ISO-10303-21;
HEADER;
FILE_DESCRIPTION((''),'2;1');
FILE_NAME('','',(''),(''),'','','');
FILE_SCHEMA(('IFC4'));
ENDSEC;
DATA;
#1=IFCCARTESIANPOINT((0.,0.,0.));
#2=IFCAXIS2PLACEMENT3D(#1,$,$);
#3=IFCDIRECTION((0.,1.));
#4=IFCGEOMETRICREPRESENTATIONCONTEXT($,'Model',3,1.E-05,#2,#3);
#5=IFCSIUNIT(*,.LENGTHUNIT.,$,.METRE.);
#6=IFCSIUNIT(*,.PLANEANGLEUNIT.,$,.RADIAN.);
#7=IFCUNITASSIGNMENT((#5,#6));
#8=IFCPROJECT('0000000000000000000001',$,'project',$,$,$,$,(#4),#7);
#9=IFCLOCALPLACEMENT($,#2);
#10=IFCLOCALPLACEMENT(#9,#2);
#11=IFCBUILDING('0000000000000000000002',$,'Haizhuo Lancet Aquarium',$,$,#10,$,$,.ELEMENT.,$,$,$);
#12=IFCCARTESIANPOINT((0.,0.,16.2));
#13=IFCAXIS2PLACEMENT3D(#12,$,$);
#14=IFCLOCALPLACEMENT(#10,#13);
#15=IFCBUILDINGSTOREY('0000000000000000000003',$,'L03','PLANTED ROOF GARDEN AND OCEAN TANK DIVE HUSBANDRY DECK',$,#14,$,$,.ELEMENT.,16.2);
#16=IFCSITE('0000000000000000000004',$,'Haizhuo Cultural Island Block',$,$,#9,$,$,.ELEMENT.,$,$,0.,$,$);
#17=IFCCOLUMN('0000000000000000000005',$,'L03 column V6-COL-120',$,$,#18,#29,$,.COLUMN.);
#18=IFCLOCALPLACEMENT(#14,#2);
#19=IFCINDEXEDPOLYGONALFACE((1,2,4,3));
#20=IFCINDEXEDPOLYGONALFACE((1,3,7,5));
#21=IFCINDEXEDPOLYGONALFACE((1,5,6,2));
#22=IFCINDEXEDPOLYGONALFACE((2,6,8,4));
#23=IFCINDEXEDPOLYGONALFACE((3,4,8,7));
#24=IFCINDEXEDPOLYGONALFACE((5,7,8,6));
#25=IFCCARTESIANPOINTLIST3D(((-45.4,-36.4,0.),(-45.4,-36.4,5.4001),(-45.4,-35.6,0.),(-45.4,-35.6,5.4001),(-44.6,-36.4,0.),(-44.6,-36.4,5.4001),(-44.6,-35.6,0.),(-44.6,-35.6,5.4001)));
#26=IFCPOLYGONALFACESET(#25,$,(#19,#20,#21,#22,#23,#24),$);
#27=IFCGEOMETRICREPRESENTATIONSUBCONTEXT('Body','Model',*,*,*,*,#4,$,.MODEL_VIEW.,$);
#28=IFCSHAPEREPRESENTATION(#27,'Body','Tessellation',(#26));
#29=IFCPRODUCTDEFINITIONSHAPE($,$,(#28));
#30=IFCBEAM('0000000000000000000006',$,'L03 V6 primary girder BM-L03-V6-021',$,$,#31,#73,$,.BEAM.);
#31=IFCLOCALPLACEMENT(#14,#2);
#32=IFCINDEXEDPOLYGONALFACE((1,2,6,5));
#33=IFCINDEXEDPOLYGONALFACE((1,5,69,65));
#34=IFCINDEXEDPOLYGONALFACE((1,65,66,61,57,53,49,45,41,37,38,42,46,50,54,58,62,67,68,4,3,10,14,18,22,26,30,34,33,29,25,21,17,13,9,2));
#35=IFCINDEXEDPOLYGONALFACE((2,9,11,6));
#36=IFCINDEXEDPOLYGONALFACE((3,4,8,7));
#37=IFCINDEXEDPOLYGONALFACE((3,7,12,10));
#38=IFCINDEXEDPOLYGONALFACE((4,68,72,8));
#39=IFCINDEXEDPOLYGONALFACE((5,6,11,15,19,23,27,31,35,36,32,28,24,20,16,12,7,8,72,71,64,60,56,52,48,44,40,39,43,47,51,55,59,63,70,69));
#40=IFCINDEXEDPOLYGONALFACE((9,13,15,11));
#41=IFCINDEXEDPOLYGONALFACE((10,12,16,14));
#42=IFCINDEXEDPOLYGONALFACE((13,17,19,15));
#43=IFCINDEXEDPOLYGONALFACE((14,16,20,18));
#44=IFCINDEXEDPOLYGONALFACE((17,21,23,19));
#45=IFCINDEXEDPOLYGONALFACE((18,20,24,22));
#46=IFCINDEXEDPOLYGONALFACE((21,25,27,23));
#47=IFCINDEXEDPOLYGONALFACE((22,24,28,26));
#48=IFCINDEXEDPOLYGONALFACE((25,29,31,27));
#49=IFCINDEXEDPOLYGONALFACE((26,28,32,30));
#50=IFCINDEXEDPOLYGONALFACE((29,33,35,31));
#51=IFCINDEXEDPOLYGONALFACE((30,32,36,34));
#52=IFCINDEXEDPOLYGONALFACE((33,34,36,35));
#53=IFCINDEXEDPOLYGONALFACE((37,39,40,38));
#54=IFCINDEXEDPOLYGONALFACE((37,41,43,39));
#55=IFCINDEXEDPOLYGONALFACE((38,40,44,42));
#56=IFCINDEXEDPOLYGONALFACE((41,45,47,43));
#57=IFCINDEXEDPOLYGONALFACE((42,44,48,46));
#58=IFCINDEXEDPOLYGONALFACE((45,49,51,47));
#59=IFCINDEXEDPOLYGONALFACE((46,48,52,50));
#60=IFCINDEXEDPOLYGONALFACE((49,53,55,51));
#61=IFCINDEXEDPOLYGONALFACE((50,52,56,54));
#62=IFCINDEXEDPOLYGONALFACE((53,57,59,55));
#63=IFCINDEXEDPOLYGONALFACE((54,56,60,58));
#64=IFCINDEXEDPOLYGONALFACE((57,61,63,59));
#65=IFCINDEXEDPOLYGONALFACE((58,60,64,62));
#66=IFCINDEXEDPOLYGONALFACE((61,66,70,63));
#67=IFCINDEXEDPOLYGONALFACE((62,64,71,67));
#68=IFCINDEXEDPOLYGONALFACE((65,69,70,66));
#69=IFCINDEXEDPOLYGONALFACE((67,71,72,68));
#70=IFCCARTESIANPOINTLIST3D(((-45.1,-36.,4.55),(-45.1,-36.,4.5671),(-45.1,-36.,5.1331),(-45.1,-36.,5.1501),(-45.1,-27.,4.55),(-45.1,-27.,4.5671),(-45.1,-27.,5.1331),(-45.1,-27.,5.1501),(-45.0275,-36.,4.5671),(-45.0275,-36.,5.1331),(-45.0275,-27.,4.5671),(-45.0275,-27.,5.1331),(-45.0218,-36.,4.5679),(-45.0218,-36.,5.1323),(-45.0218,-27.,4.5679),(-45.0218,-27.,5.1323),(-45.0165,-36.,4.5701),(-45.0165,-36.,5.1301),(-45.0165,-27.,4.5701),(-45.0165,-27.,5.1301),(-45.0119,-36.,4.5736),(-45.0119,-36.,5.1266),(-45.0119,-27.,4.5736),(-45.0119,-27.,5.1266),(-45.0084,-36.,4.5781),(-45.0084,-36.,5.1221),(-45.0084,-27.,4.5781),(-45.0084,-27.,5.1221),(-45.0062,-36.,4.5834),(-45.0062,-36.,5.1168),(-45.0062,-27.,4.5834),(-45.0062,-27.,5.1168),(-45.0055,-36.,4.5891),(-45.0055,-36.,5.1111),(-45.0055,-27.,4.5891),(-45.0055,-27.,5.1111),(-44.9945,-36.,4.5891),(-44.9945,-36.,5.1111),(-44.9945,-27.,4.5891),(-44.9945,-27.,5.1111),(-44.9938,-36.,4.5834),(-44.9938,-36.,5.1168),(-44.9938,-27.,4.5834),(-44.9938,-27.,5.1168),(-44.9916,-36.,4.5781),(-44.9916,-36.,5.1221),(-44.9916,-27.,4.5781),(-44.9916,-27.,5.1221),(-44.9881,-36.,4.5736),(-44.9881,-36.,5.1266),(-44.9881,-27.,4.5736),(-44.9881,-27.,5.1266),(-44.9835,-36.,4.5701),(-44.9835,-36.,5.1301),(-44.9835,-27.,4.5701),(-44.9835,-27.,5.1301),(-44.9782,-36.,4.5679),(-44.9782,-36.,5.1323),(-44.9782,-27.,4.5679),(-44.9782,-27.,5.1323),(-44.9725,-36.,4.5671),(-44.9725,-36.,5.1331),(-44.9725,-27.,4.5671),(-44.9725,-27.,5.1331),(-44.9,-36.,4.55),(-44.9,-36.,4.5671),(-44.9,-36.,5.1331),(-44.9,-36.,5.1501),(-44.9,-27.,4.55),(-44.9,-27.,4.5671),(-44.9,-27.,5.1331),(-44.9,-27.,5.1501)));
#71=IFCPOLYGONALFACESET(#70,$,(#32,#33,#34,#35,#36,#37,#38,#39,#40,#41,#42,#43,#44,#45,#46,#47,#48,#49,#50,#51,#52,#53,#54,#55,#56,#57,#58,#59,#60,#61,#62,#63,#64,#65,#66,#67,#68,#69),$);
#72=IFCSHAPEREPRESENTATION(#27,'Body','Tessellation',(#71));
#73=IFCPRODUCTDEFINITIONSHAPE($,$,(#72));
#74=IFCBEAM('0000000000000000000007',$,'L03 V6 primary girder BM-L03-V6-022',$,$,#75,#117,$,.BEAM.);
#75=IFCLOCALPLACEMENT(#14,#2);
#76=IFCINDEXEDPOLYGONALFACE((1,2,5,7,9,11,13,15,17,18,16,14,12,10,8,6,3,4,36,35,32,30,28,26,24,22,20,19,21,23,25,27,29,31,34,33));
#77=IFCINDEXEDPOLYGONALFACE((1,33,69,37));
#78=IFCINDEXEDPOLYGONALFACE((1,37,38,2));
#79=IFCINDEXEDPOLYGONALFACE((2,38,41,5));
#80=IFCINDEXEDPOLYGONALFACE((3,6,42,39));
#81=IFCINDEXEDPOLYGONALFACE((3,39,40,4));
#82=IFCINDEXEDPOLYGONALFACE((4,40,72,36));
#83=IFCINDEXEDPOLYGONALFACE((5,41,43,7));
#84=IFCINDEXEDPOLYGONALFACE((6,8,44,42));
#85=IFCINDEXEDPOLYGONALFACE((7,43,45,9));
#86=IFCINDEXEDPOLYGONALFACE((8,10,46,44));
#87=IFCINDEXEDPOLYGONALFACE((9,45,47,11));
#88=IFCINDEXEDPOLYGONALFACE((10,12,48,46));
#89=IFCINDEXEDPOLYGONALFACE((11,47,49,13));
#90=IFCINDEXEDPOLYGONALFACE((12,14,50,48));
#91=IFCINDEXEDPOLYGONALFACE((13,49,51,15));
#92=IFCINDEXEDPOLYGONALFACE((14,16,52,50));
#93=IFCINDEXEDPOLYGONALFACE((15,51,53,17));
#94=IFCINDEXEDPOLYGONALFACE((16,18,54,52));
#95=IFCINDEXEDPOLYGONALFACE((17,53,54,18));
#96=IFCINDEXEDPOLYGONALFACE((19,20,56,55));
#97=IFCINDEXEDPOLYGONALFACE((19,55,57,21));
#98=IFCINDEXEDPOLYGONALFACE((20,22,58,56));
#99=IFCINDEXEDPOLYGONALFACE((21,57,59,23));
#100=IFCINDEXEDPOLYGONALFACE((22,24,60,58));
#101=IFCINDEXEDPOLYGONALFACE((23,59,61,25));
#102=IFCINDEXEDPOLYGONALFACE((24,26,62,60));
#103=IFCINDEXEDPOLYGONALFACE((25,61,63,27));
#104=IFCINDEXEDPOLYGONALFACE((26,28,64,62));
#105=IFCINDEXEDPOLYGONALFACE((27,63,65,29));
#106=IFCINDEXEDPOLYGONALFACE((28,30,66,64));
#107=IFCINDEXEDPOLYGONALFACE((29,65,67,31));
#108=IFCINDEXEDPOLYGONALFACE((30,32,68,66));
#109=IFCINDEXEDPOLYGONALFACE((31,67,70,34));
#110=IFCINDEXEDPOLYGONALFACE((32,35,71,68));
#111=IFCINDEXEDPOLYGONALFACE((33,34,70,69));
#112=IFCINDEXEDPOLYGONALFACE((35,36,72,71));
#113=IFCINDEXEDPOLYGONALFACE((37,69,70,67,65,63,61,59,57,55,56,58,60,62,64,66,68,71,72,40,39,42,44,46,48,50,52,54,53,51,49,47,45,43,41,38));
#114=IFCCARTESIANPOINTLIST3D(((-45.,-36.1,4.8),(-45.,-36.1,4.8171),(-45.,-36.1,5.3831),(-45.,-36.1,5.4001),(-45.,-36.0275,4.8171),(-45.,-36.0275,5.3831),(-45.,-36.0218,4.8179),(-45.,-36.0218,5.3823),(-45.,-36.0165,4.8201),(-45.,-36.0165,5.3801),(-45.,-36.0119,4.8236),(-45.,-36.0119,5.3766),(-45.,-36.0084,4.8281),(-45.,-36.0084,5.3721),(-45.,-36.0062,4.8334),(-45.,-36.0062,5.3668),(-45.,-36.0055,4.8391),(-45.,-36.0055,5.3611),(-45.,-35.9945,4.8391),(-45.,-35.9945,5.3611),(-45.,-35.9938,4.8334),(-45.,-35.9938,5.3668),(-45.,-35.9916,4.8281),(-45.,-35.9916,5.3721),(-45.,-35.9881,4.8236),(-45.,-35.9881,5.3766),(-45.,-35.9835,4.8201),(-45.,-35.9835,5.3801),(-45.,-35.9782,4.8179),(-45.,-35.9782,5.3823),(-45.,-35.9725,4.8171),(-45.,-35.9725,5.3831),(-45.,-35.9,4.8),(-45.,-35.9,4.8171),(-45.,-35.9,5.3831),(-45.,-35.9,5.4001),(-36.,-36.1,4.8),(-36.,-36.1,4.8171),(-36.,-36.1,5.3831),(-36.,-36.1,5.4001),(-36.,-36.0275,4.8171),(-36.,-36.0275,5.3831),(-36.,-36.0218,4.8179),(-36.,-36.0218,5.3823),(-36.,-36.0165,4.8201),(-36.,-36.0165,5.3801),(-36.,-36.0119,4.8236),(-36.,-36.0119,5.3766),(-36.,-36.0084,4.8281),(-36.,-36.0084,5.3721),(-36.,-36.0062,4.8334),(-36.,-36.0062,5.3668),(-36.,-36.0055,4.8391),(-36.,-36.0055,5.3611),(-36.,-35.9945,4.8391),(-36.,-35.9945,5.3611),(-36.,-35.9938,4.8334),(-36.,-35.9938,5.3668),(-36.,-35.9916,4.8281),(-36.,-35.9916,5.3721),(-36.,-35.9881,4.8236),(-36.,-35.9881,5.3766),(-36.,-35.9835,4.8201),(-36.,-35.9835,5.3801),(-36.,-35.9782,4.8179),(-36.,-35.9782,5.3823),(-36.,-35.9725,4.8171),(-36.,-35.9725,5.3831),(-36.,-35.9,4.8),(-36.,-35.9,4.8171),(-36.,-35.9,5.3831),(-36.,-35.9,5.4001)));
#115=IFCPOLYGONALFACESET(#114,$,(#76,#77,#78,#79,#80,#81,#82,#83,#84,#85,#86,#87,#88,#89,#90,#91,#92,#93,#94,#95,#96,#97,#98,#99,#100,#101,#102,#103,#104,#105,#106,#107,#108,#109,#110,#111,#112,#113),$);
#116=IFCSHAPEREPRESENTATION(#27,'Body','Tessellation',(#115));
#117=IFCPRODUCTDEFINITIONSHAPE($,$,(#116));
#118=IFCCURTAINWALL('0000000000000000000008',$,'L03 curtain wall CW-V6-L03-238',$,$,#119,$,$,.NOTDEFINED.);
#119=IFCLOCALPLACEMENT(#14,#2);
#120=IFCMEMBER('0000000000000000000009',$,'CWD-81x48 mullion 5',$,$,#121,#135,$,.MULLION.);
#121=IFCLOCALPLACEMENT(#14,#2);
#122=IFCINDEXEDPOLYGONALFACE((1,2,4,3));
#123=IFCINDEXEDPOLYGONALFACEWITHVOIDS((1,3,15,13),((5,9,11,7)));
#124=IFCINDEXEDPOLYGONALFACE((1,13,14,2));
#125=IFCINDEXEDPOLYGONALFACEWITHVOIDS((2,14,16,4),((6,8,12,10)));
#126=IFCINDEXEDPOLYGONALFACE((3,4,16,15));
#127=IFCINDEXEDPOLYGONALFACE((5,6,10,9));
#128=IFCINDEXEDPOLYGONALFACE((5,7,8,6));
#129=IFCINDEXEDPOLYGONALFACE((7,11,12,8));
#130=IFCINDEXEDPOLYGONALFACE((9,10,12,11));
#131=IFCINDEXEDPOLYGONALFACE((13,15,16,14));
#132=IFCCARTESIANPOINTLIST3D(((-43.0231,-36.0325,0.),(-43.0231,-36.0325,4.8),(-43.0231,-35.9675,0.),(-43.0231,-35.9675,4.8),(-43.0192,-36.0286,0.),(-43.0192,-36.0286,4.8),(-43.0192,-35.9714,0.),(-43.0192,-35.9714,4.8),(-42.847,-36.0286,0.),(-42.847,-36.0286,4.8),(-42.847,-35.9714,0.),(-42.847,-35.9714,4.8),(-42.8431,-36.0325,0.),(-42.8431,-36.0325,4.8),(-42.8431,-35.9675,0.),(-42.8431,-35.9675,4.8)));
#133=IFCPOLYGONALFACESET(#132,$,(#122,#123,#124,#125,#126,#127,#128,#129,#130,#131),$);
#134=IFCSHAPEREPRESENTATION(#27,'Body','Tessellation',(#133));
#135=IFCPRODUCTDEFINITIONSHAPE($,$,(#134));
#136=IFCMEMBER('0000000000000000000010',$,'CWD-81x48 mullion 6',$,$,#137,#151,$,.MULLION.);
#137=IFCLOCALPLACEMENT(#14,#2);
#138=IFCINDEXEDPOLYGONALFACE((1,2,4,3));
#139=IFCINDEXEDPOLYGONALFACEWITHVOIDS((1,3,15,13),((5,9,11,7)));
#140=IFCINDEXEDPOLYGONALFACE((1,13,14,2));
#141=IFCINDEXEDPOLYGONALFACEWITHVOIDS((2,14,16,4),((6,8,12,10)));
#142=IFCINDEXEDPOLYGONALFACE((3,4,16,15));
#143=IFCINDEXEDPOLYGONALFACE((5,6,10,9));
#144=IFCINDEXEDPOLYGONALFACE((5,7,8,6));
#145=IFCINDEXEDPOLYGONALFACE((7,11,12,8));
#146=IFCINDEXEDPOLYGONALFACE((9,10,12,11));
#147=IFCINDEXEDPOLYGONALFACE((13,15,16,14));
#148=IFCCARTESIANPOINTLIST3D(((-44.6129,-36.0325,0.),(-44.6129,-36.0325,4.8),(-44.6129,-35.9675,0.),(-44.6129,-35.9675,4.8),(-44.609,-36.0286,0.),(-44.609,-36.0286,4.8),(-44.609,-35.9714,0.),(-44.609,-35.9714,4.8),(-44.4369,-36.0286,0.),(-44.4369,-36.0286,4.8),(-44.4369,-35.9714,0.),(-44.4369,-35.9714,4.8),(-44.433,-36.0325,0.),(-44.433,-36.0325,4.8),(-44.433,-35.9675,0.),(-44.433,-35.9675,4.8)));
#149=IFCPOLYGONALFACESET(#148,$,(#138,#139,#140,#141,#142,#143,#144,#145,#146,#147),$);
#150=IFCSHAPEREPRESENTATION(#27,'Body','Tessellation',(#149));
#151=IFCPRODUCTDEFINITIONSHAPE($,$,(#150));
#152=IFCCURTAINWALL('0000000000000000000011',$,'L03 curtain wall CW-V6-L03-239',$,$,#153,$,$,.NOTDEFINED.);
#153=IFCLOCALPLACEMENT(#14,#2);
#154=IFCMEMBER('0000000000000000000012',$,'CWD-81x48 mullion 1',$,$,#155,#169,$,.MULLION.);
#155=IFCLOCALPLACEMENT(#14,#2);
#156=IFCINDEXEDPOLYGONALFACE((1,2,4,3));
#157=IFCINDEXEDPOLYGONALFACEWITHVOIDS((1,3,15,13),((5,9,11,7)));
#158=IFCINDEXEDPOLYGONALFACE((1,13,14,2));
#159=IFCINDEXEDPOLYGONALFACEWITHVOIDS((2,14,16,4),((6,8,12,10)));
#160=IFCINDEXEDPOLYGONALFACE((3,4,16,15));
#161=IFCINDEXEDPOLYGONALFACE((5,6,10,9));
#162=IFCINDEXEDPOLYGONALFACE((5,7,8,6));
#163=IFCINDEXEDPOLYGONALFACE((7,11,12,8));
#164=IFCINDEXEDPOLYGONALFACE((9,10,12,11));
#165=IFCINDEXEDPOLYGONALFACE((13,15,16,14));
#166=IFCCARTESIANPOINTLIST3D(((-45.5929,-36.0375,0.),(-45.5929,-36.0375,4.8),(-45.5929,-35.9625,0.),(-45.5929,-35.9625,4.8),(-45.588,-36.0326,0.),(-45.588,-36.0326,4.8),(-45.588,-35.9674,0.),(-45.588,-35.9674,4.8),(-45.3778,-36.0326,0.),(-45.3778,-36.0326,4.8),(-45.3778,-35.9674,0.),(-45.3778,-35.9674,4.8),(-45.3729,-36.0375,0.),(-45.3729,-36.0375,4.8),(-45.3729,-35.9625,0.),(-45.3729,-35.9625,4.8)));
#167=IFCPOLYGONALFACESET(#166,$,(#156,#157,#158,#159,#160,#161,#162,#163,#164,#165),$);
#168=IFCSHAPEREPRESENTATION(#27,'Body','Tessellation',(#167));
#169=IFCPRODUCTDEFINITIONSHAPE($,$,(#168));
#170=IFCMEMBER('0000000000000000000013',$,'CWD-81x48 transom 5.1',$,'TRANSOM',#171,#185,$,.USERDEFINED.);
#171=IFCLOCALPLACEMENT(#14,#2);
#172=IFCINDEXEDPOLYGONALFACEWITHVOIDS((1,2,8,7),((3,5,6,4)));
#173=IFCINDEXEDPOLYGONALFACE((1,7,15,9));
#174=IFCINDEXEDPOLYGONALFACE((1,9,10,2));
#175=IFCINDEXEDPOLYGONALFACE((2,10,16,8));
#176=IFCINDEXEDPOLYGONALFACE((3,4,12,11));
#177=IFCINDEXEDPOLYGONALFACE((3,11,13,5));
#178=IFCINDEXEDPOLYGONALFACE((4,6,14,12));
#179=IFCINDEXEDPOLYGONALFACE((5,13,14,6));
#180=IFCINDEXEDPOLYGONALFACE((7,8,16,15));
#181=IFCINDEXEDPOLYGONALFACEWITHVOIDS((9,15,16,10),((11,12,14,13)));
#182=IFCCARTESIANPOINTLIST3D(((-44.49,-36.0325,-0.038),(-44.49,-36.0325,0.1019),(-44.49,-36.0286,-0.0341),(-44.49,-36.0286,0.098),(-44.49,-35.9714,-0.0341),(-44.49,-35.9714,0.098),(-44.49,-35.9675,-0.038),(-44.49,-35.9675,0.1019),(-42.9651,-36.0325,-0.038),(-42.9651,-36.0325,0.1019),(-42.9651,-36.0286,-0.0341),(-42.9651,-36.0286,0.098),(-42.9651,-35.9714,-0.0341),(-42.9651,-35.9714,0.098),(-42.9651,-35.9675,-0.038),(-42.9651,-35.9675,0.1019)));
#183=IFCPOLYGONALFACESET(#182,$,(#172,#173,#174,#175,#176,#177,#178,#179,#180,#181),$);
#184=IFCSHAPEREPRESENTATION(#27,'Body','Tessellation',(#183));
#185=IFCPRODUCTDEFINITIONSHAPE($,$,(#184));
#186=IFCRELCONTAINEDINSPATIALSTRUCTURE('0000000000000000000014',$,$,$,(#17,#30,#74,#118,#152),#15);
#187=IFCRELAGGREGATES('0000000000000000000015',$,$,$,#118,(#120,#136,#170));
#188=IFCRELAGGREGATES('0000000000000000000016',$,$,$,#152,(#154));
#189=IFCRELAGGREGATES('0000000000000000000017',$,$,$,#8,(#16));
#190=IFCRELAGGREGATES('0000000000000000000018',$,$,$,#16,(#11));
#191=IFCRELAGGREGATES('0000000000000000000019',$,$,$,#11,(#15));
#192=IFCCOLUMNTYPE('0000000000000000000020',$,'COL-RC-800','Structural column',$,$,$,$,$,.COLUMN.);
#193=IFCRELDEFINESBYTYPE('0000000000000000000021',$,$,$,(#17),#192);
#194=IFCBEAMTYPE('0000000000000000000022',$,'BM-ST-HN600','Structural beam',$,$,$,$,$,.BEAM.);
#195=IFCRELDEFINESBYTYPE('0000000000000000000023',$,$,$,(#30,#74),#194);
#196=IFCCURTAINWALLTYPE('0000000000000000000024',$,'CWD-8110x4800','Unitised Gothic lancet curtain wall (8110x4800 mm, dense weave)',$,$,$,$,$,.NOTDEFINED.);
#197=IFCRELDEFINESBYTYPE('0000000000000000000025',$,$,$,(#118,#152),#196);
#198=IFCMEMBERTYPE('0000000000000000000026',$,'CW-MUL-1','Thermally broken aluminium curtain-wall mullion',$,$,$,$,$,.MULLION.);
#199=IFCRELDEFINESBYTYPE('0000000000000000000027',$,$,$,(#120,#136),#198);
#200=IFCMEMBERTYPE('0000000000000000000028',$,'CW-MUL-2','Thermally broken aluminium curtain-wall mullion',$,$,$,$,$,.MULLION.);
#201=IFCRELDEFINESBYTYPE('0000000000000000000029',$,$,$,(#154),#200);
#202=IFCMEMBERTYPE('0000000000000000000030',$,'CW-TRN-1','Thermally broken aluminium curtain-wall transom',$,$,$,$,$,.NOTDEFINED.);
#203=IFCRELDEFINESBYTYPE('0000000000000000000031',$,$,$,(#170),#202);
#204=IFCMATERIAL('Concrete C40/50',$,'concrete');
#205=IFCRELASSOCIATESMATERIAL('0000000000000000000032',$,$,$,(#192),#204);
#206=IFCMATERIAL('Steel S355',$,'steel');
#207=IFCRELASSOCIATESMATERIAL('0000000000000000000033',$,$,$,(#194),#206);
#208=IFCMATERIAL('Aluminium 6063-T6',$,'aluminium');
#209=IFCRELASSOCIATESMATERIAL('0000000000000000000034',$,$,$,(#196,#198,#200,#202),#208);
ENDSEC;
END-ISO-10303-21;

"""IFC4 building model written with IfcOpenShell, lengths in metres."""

from ifc_helpers import new_model, si_unit, direction, frame, origin, origin_2d, place, context, subcontext, project, spatial, rectangle, hollow_rectangle, i_section, extrude, material, material_profile, profile_set, type_object, element, aggregate, save


model = new_model("IFC4")

# Units and contexts
model_context = context("Model", 3, precision=1e-05, world=origin(), true_north=direction((0.0, 1.0)))
body_context = subcontext(model_context, "Body", "Model", "MODEL_VIEW")
ifc_project = project(units=[si_unit("LENGTHUNIT", "METRE"), si_unit("PLANEANGLEUNIT", "RADIAN")], contexts=[model_context])

# Site, building, storey
site_placement = place(None, origin())
site = spatial("IfcSite", under=ifc_project, at=site_placement, Name="Haizhuo Cultural Island Block", CompositionType="ELEMENT", RefElevation=0.0)
building_placement = place(site_placement, origin())
building = spatial("IfcBuilding", under=site, at=building_placement, Name="Haizhuo Lancet Aquarium", CompositionType="ELEMENT")
storey_placement = place(building_placement, frame((0.0, 0.0, 16.2)))
storey = spatial("IfcBuildingStorey", under=building, at=storey_placement, Name="L03", Description="PLANTED ROOF GARDEN AND OCEAN TANK DIVE HUSBANDRY DECK", CompositionType="ELEMENT", Elevation=16.2)

# Column
ifc_material_1 = material(Name="Concrete C40/50", Category="concrete")
ifc_material_profile_1 = material_profile(ifc_material_1, rectangle(XDim=0.8, YDim=0.8, at=origin_2d()), Name="RC-COL 800x800")
ifc_profile_set_1 = profile_set([ifc_material_profile_1], Name="Concrete C40/50")
column_type = type_object("IfcColumnType", Name="COL-RC-800", Description="Structural column", PredefinedType="COLUMN", material=ifc_profile_set_1)
column_placement = place(storey_placement, frame((-45.0, -36.0, 0.0), z_axis=(0.0, 0.0, 1.0), x_axis=(1.0, 0.0, 0.0)))
element("IfcColumn", 1, at=column_placement, inside=storey, type_object=column_type, Name="L03 column V6-COL-120", PredefinedType="COLUMN", context=body_context, shape_type="SweptSolid", body=[
    extrude(rectangle(XDim=0.8, YDim=0.8, at=origin_2d()), origin(), (0.0, 0.0, 1.0), 5.4001),
])

# Beams
ifc_material_2 = material(Name="Steel S355", Category="steel")
ifc_material_profile_2 = material_profile(ifc_material_2, i_section(OverallWidth=0.2, OverallDepth=0.6001, WebThickness=0.011, FlangeThickness=0.0171, FilletRadius=0.022, at=origin_2d()), Name="HN 600x200x11x17")
ifc_profile_set_2 = profile_set([ifc_material_profile_2], Name="Steel S355")
beam_type = type_object("IfcBeamType", Name="BM-ST-HN600", Description="Structural beam", PredefinedType="BEAM", material=ifc_profile_set_2)
for number, where, z_axis, x_axis, name in (
    (2, (-45.0, -36.0, 4.8501), (0.0, 1.0, 0.0), (-1.0, 0.0, 0.0), "L03 V6 primary girder BM-L03-V6-021"),
    (3, (-45.0, -36.0, 5.1001), (1.0, 0.0, 0.0), (0.0, 1.0, 0.0), "L03 V6 primary girder BM-L03-V6-022"),
):
    element("IfcBeam", number, at=place(storey_placement, frame(where, z_axis=z_axis, x_axis=x_axis)), inside=storey, type_object=beam_type, Name=name, PredefinedType="BEAM", context=body_context, shape_type="SweptSolid", body=[
        extrude(i_section(OverallWidth=0.2, OverallDepth=0.6001, WebThickness=0.011, FlangeThickness=0.0171, FilletRadius=0.022, at=origin_2d()), origin(), (0.0, 0.0, 1.0), 9.0),
    ])

# Curtain wall, members
ifc_material_3 = material(Name="Aluminium 6063-T6", Category="aluminium")
curtain_wall_type = type_object("IfcCurtainWallType", Name="CWD-8110x4800", Description="Unitised Gothic lancet curtain wall (8110x4800 mm, dense weave)", PredefinedType="NOTDEFINED", material=ifc_material_3)
curtain_wall_1_placement = place(storey_placement, origin())
curtain_wall_1 = element("IfcCurtainWall", 4, at=curtain_wall_1_placement, inside=storey, type_object=curtain_wall_type, Name="L03 curtain wall CW-V6-L03-238", PredefinedType="NOTDEFINED")
ifc_material_profile_3 = material_profile(ifc_material_3, hollow_rectangle(XDim=0.0649, YDim=0.1799, WallThickness=0.0039, at=origin_2d()), Name="ALU-M 65x180x4")
ifc_profile_set_3 = profile_set([ifc_material_profile_3], Name="Aluminium 6063-T6")
member_type_1 = type_object("IfcMemberType", Name="CW-MUL-1", Description="Thermally broken aluminium curtain-wall mullion", PredefinedType="MULLION", material=ifc_profile_set_3)
member_1_placement = place(storey_placement, frame((-42.9331, -36.0, 0.0), z_axis=(0.0, 0.0, 1.0), x_axis=(0.0, -1.0, 0.0)))
member_1 = element("IfcMember", 5, at=member_1_placement, type_object=member_type_1, Name="CWD-81x48 mullion 5", PredefinedType="MULLION", context=body_context, shape_type="SweptSolid", body=[
    extrude(hollow_rectangle(XDim=0.0649, YDim=0.1799, WallThickness=0.0039, at=origin_2d()), origin(), (0.0, 0.0, 1.0), 4.8),
])
member_2_placement = place(storey_placement, frame((-44.5229, -36.0, 0.0), z_axis=(0.0, 0.0, 1.0), x_axis=(0.0, -1.0, 0.0)))
member_2 = element("IfcMember", 6, at=member_2_placement, type_object=member_type_1, Name="CWD-81x48 mullion 6", PredefinedType="MULLION", context=body_context, shape_type="SweptSolid", body=[
    extrude(hollow_rectangle(XDim=0.0649, YDim=0.1799, WallThickness=0.0039, at=origin_2d()), origin(), (0.0, 0.0, 1.0), 4.8),
])

# Curtain wall, member
curtain_wall_2_placement = place(storey_placement, origin())
curtain_wall_2 = element("IfcCurtainWall", 7, at=curtain_wall_2_placement, inside=storey, type_object=curtain_wall_type, Name="L03 curtain wall CW-V6-L03-239", PredefinedType="NOTDEFINED")
ifc_material_profile_4 = material_profile(ifc_material_3, hollow_rectangle(XDim=0.075, YDim=0.22, WallThickness=0.0049, at=origin_2d()), Name="ALU-M 75x220x5")
ifc_profile_set_4 = profile_set([ifc_material_profile_4], Name="Aluminium 6063-T6")
member_type_2 = type_object("IfcMemberType", Name="CW-MUL-2", Description="Thermally broken aluminium curtain-wall mullion", PredefinedType="MULLION", material=ifc_profile_set_4)
member_3_placement = place(storey_placement, frame((-45.4829, -36.0, 0.0), z_axis=(0.0, 0.0, 1.0), x_axis=(0.0, -1.0, 0.0)))
member_3 = element("IfcMember", 8, at=member_3_placement, type_object=member_type_2, Name="CWD-81x48 mullion 1", PredefinedType="MULLION", context=body_context, shape_type="SweptSolid", body=[
    extrude(hollow_rectangle(XDim=0.075, YDim=0.22, WallThickness=0.0049, at=origin_2d()), origin(), (0.0, 0.0, 1.0), 4.8),
])

# Member
ifc_material_profile_5 = material_profile(ifc_material_3, hollow_rectangle(XDim=0.0649, YDim=0.1399, WallThickness=0.0039, at=origin_2d()), Name="ALU-T 65x140x4")
ifc_profile_set_5 = profile_set([ifc_material_profile_5], Name="Aluminium 6063-T6")
member_type_3 = type_object("IfcMemberType", Name="CW-TRN-1", Description="Thermally broken aluminium curtain-wall transom", PredefinedType="NOTDEFINED", material=ifc_profile_set_5)
member_4_placement = place(storey_placement, frame((-42.9651, -36.0, 0.032), z_axis=(-1.0, 0.0, 0.0), x_axis=(0.0, -1.0, 0.0)))
member_4 = element("IfcMember", 9, at=member_4_placement, type_object=member_type_3, Name="CWD-81x48 transom 5.1", ObjectType="TRANSOM", PredefinedType="USERDEFINED", context=body_context, shape_type="SweptSolid", body=[
    extrude(hollow_rectangle(XDim=0.0649, YDim=0.1399, WallThickness=0.0039, at=origin_2d()), origin(), (0.0, 0.0, 1.0), 1.5249),
])

aggregate(curtain_wall_1, [member_1, member_2, member_4])
aggregate(curtain_wall_2, [member_3])

save(model, "model.ifc")
